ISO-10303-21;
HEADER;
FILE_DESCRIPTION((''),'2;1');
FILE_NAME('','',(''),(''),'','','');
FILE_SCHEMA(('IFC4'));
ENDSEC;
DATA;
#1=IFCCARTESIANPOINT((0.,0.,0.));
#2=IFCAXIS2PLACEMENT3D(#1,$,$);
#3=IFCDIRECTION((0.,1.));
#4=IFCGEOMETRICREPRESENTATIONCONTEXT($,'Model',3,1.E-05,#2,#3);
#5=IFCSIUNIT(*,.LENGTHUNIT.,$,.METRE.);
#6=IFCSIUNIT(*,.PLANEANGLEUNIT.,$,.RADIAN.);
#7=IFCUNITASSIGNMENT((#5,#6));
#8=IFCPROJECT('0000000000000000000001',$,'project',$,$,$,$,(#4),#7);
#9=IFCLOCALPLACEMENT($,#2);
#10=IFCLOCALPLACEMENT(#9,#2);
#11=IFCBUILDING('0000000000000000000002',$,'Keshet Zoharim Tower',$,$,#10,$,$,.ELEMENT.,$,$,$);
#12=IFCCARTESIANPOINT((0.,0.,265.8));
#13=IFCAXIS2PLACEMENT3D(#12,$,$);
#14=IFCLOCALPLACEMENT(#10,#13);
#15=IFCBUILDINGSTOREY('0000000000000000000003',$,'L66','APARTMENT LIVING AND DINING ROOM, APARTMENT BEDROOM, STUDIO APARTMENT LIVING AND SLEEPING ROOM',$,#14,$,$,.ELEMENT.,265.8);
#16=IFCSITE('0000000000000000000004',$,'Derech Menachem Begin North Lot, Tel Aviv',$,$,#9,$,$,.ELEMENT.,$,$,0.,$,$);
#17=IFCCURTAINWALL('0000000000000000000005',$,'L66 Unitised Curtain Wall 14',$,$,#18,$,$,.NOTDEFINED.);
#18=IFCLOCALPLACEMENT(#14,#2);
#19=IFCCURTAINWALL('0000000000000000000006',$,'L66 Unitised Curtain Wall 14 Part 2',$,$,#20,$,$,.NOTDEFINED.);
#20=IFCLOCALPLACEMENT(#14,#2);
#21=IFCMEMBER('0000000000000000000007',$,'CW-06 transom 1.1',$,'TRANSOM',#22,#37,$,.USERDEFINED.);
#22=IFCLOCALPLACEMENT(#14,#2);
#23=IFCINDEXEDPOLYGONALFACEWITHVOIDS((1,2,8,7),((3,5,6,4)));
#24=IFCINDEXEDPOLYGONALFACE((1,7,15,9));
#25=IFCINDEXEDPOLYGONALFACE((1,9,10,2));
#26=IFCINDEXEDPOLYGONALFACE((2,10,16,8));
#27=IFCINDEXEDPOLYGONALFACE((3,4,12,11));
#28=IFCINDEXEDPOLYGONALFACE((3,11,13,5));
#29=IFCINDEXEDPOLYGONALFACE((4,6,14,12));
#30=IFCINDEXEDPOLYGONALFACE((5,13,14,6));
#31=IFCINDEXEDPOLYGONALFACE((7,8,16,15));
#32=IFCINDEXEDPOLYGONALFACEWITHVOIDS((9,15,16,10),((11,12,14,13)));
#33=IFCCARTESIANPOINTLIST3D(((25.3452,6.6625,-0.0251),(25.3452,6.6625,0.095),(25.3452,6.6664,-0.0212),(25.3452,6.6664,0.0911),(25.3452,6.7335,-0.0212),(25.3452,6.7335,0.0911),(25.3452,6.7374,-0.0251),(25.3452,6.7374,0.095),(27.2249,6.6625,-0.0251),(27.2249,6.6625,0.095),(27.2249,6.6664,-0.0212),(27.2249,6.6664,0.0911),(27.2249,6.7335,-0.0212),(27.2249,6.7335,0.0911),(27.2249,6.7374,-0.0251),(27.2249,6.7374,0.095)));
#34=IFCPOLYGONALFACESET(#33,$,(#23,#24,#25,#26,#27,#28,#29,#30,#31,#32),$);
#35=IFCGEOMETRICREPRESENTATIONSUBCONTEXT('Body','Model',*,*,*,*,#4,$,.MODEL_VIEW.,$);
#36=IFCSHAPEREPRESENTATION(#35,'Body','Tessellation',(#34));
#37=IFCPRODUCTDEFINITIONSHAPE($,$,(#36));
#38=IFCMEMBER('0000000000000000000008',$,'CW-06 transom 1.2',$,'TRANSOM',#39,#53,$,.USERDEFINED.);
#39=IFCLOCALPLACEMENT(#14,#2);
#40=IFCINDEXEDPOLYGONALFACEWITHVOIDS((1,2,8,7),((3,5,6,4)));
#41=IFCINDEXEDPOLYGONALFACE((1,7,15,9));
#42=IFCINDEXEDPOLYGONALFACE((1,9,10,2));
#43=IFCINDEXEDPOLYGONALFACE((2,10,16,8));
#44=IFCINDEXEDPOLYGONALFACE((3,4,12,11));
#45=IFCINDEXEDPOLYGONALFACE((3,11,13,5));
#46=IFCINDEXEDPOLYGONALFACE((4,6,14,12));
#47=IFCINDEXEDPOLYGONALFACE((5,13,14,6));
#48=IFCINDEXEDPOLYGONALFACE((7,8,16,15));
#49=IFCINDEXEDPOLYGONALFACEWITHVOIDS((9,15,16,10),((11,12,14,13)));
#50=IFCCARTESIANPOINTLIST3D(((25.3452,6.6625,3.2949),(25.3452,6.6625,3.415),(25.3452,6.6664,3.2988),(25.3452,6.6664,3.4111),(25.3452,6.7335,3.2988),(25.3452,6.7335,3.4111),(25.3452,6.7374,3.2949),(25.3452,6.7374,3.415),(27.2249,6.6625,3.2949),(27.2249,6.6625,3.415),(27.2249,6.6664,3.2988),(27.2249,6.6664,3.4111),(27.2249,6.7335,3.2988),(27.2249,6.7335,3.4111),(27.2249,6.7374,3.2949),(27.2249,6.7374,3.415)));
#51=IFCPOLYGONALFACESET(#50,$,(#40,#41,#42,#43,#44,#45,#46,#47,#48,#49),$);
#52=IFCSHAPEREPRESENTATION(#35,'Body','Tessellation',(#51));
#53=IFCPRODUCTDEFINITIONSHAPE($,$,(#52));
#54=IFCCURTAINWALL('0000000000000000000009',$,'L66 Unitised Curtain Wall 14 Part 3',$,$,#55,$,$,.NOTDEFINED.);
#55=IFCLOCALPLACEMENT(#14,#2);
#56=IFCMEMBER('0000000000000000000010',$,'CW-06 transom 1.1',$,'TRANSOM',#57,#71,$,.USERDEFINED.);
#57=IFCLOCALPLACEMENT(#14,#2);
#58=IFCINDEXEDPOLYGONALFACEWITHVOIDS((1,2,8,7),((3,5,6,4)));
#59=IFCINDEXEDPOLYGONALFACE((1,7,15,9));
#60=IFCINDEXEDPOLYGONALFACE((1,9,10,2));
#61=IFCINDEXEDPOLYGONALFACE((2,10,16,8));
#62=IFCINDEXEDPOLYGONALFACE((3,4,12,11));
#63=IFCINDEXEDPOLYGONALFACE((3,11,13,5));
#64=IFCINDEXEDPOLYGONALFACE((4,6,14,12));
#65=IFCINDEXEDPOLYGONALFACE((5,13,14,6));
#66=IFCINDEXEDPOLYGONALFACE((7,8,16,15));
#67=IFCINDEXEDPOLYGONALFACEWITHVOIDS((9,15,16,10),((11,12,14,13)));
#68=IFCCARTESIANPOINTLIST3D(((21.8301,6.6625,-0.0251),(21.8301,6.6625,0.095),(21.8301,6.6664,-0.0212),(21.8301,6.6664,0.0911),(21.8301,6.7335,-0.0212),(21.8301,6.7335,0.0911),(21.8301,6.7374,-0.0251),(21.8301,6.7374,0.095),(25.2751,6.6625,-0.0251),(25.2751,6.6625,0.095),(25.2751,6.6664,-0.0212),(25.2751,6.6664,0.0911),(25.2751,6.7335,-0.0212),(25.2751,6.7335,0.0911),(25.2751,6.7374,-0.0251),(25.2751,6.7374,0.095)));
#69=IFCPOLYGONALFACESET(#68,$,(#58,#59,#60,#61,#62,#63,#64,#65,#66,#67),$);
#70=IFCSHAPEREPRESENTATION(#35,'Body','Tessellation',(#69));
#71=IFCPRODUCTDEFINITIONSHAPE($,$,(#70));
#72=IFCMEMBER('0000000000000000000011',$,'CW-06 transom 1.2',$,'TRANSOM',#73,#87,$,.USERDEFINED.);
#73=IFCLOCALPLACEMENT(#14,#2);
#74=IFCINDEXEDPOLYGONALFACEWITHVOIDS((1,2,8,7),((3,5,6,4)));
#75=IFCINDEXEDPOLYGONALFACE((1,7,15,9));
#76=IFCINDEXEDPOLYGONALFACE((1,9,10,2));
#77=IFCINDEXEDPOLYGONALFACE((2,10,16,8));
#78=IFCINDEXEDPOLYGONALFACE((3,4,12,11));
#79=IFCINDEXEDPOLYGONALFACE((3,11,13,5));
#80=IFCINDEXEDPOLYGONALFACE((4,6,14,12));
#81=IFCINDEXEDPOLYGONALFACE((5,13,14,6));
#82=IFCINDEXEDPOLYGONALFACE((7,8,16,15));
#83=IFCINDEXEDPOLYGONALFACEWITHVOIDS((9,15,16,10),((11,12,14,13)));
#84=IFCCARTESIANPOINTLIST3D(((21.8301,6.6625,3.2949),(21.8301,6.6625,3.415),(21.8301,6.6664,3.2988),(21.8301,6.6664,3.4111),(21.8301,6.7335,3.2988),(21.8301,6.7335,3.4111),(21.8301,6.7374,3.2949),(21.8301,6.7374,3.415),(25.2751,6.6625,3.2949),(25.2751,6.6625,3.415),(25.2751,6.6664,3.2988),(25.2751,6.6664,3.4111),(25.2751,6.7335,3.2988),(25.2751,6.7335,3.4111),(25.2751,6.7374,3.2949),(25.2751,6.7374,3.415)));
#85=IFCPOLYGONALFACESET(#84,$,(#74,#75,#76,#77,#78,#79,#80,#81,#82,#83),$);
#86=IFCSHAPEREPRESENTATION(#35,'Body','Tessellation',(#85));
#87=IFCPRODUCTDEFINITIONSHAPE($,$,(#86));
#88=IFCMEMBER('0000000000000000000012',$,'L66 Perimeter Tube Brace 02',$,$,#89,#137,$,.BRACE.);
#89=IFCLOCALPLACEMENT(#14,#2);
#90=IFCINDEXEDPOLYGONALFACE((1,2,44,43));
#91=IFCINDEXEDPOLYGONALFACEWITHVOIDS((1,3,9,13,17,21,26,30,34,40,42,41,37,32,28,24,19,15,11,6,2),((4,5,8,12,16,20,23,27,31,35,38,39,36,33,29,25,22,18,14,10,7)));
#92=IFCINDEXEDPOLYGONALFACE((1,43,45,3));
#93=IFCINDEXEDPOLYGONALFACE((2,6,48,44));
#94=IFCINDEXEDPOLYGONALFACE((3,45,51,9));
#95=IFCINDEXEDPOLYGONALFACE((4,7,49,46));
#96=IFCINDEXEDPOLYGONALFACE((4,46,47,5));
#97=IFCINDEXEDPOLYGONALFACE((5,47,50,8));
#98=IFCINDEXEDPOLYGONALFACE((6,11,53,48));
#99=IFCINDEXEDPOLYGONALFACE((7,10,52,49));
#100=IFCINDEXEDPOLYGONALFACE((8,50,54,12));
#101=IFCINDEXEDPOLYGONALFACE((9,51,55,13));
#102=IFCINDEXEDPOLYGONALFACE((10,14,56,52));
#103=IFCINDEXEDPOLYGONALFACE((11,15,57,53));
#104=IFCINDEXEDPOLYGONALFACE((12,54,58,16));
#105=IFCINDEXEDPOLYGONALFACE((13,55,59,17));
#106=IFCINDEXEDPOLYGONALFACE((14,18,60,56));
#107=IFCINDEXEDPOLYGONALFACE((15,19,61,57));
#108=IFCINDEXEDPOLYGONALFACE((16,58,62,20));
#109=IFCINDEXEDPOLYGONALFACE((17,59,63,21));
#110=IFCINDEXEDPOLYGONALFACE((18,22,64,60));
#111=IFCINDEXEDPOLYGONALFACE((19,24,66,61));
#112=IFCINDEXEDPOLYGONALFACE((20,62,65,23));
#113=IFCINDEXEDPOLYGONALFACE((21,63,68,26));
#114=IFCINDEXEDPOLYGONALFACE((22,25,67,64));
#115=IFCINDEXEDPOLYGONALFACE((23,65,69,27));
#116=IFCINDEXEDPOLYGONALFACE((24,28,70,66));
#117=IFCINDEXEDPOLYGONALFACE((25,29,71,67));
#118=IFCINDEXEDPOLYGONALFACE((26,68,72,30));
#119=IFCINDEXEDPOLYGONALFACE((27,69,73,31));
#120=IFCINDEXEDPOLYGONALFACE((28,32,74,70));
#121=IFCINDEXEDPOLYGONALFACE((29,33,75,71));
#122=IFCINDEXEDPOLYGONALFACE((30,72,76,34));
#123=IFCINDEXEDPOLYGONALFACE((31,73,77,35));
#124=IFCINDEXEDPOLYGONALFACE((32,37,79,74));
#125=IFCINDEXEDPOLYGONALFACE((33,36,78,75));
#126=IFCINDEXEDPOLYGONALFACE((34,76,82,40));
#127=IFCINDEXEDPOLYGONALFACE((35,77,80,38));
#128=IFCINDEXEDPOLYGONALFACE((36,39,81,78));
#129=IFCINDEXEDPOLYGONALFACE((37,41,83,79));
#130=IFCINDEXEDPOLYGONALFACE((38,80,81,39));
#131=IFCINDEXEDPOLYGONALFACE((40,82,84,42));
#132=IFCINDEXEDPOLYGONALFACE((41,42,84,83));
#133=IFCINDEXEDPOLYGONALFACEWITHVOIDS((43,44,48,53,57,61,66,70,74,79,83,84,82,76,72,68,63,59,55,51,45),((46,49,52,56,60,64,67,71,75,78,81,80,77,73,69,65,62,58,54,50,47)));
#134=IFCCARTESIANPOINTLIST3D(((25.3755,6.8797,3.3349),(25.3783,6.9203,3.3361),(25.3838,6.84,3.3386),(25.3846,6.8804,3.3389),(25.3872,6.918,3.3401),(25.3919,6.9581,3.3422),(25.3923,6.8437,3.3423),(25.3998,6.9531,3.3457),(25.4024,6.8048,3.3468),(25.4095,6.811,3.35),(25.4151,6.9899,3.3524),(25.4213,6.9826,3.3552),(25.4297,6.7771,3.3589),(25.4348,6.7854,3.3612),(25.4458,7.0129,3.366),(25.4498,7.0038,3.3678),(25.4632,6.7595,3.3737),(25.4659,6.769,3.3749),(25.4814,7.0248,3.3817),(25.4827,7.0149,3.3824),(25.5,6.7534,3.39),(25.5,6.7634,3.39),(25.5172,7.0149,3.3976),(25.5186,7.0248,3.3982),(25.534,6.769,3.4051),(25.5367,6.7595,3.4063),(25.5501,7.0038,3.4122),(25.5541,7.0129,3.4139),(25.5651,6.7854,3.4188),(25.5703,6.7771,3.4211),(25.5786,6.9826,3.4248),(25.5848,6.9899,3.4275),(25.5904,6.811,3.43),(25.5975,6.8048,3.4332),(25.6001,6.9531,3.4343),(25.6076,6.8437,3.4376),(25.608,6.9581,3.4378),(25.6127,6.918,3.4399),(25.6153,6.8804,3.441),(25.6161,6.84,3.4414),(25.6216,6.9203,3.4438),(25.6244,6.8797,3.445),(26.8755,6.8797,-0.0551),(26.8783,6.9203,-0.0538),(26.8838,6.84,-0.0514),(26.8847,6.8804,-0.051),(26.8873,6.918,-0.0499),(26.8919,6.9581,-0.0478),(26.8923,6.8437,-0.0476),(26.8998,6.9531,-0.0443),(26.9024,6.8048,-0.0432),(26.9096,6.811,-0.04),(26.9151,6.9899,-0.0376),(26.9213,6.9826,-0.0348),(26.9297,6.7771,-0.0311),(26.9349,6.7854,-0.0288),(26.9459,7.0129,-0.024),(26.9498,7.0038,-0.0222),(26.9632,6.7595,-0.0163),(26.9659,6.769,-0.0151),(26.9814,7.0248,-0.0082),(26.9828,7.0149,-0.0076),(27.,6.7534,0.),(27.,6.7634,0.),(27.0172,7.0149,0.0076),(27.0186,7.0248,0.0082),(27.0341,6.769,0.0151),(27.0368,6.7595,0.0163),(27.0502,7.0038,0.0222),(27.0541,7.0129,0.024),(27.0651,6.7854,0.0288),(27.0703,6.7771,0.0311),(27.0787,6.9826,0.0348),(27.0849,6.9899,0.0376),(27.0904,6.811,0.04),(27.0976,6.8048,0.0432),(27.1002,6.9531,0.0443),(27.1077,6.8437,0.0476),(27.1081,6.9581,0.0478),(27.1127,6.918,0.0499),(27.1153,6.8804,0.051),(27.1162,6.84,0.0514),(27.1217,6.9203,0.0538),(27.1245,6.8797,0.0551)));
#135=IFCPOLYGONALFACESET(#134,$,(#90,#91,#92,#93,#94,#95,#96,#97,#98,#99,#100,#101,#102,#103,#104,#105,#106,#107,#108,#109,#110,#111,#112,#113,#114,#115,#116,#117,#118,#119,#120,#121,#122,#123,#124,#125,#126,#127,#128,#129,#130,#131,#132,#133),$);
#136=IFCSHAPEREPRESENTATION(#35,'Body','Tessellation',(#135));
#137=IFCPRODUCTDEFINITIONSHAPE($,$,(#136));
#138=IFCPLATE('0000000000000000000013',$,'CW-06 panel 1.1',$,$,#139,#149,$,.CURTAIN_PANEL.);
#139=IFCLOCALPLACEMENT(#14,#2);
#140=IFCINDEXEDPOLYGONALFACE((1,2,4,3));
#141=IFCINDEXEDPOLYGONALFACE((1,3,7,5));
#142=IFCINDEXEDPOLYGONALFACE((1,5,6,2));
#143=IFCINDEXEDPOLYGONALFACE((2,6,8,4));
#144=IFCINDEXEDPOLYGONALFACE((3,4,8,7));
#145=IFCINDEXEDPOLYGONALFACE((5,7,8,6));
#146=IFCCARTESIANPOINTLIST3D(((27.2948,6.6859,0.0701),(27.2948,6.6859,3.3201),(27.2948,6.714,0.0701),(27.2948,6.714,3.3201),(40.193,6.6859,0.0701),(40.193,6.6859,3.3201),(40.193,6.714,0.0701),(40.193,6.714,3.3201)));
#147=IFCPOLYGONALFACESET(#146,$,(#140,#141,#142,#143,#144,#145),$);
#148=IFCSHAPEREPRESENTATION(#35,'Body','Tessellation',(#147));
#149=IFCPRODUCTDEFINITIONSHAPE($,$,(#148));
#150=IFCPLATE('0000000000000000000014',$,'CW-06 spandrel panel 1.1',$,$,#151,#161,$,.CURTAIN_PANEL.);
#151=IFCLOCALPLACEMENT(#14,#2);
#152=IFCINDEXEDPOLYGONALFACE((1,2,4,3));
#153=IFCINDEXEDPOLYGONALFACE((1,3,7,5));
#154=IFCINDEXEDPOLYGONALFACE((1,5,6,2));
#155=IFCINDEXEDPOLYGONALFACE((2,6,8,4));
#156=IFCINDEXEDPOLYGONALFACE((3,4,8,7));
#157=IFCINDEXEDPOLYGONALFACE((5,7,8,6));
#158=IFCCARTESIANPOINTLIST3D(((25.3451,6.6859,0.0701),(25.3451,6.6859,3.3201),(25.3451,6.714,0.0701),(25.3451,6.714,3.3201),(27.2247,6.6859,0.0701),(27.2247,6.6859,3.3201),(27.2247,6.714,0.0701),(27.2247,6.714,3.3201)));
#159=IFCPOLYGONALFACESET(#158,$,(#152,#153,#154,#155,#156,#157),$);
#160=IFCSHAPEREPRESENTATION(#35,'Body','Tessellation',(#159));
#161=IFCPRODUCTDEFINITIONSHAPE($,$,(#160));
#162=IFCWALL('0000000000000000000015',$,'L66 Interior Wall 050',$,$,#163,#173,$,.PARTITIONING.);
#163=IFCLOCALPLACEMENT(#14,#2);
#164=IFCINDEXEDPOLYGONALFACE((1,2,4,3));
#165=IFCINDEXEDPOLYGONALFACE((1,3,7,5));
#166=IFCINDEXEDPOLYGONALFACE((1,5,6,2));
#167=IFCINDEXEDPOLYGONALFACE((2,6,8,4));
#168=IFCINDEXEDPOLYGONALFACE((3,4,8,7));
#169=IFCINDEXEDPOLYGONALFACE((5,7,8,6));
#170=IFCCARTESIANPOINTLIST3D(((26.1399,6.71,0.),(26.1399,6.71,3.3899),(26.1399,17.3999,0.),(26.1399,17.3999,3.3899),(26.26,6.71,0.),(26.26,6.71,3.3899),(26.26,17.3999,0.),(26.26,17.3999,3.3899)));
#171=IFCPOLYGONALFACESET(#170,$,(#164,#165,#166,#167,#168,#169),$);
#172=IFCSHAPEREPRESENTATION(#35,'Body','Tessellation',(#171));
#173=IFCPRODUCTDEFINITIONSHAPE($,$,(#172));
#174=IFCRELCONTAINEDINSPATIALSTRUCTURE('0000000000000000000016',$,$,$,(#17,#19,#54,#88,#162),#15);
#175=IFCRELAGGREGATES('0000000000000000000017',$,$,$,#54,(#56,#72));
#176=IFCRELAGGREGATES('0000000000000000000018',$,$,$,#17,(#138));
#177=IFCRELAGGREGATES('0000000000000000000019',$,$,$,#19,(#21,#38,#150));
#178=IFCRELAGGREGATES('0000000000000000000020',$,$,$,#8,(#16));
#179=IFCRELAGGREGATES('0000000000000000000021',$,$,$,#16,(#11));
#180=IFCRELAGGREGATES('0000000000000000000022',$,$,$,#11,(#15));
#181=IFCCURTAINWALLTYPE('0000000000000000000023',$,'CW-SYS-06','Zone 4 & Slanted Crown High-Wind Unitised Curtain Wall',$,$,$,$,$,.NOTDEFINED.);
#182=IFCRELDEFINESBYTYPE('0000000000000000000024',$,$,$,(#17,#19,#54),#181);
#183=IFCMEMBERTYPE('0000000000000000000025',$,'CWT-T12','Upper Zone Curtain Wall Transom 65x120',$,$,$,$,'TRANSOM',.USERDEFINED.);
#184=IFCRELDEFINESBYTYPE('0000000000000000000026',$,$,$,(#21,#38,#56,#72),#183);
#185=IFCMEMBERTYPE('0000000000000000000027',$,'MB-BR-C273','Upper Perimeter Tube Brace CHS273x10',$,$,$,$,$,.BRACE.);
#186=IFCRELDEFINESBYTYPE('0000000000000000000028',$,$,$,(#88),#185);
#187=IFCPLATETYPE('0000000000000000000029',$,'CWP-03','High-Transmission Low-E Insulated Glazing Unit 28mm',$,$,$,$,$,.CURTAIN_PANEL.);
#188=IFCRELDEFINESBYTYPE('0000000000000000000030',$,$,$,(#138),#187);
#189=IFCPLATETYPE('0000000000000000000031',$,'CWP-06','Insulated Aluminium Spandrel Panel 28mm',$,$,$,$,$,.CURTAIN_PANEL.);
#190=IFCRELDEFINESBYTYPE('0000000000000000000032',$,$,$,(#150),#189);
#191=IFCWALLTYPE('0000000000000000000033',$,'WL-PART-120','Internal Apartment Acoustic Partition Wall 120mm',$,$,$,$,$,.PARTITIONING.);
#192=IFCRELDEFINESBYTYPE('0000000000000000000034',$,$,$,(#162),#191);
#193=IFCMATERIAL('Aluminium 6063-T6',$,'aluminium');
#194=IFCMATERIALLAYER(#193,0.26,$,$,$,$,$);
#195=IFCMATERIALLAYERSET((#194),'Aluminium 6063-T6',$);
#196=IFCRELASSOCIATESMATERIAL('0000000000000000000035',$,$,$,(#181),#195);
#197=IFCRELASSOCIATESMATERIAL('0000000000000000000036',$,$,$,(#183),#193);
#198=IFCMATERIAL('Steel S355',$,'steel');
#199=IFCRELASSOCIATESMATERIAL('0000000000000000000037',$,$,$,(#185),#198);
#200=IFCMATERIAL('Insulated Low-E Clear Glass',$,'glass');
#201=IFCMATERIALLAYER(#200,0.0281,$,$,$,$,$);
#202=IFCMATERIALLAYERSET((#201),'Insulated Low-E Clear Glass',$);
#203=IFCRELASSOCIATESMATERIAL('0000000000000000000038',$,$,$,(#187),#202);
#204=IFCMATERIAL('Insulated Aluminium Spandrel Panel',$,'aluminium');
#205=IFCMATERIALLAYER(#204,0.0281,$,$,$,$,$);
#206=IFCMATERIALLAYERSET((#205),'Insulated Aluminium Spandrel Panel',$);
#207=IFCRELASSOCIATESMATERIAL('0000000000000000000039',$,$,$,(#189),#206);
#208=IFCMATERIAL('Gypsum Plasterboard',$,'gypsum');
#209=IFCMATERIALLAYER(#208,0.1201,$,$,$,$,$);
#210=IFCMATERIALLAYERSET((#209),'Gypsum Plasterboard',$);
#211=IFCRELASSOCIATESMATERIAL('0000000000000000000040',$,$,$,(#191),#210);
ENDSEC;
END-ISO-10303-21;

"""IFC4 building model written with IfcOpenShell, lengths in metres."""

from ifc_helpers import new_model, si_unit, direction, frame, frame_2d, origin, origin_2d, place, context, subcontext, project, spatial, rectangle, hollow_rectangle, hollow_circle, extrude, material, layer, layer_set, material_profile, profile_set, type_object, element, aggregate, save


model = new_model("IFC4")

# Units and contexts
model_context = context("Model", 3, precision=1e-05, world=origin(), true_north=direction((0.0, 1.0)))
body_context = subcontext(model_context, "Body", "Model", "MODEL_VIEW")
ifc_project = project(units=[si_unit("LENGTHUNIT", "METRE"), si_unit("PLANEANGLEUNIT", "RADIAN")], contexts=[model_context])

# Site, building, storey
site_placement = place(None, origin())
site = spatial("IfcSite", under=ifc_project, at=site_placement, Name="Derech Menachem Begin North Lot, Tel Aviv", CompositionType="ELEMENT", RefElevation=0.0)
building_placement = place(site_placement, origin())
building = spatial("IfcBuilding", under=site, at=building_placement, Name="Keshet Zoharim Tower", CompositionType="ELEMENT")
storey_placement = place(building_placement, frame((0.0, 0.0, 265.8)))
storey = spatial("IfcBuildingStorey", under=building, at=storey_placement, Name="L66", Description="APARTMENT LIVING AND DINING ROOM, APARTMENT BEDROOM, STUDIO APARTMENT LIVING AND SLEEPING ROOM", CompositionType="ELEMENT", Elevation=265.8)

# Shared definitions
ifc_material_1 = material(Name="Steel S355", Category="steel")

# Curtain wall
ifc_material_2 = material(Name="Aluminium 6063-T6", Category="aluminium")
ifc_layer_1 = layer(ifc_material_2, 0.26)
ifc_layer_set_1 = layer_set([ifc_layer_1], Name="Aluminium 6063-T6")
curtain_wall_type = type_object("IfcCurtainWallType", Name="CW-SYS-06", Description="Zone 4 & Slanted Crown High-Wind Unitised Curtain Wall", PredefinedType="NOTDEFINED", material=ifc_layer_set_1)
curtain_wall_1_placement = place(storey_placement, origin())
curtain_wall_1 = element("IfcCurtainWall", 1, at=curtain_wall_1_placement, inside=storey, type_object=curtain_wall_type, Name="L66 Unitised Curtain Wall 14", PredefinedType="NOTDEFINED")

# Curtain walls, members
curtain_wall_2_placement = place(storey_placement, origin())
curtain_wall_2 = element("IfcCurtainWall", 2, at=curtain_wall_2_placement, inside=storey, type_object=curtain_wall_type, Name="L66 Unitised Curtain Wall 14 Part 2", PredefinedType="NOTDEFINED")
ifc_material_profile_1 = material_profile(ifc_material_2, hollow_rectangle(XDim=0.075, YDim=0.1201, WallThickness=0.0039, at=origin_2d()), Name="TRN-75x120")
ifc_profile_set_1 = profile_set([ifc_material_profile_1], Name="Aluminium 6063-T6")
member_type_1 = type_object("IfcMemberType", Name="CWT-T12", Description="Upper Zone Curtain Wall Transom 65x120", ElementType="TRANSOM", PredefinedType="USERDEFINED", material=ifc_profile_set_1)
member_1_placement = place(storey_placement, frame((27.2249, 6.7, 0.0349), z_axis=(-1.0, 0.0, 0.0), x_axis=(0.0, -1.0, 0.0)))
member_1 = element("IfcMember", 3, at=member_1_placement, type_object=member_type_1, Name="CW-06 transom 1.1", ObjectType="TRANSOM", PredefinedType="USERDEFINED", context=body_context, shape_type="SweptSolid", body=[
    extrude(hollow_rectangle(XDim=0.075, YDim=0.1201, WallThickness=0.0039, at=origin_2d()), origin(), (0.0, 0.0, 1.0), 1.8796),
])
member_2_placement = place(storey_placement, frame((27.2249, 6.7, 3.355), z_axis=(-1.0, 0.0, 0.0), x_axis=(0.0, -1.0, 0.0)))
member_2 = element("IfcMember", 4, at=member_2_placement, type_object=member_type_1, Name="CW-06 transom 1.2", ObjectType="TRANSOM", PredefinedType="USERDEFINED", context=body_context, shape_type="SweptSolid", body=[
    extrude(hollow_rectangle(XDim=0.075, YDim=0.1201, WallThickness=0.0039, at=origin_2d()), origin(), (0.0, 0.0, 1.0), 1.8796),
])
curtain_wall_3_placement = place(storey_placement, origin())
curtain_wall_3 = element("IfcCurtainWall", 5, at=curtain_wall_3_placement, inside=storey, type_object=curtain_wall_type, Name="L66 Unitised Curtain Wall 14 Part 3", PredefinedType="NOTDEFINED")
member_3_placement = place(storey_placement, frame((25.2751, 6.7, 0.0349), z_axis=(-1.0, 0.0, 0.0), x_axis=(0.0, -1.0, 0.0)))
member_3 = element("IfcMember", 6, at=member_3_placement, type_object=member_type_1, Name="CW-06 transom 1.1", ObjectType="TRANSOM", PredefinedType="USERDEFINED", context=body_context, shape_type="SweptSolid", body=[
    extrude(hollow_rectangle(XDim=0.075, YDim=0.1201, WallThickness=0.0039, at=origin_2d()), origin(), (0.0, 0.0, 1.0), 3.4451),
])
member_4_placement = place(storey_placement, frame((25.2751, 6.7, 3.355), z_axis=(-1.0, 0.0, 0.0), x_axis=(0.0, -1.0, 0.0)))
member_4 = element("IfcMember", 7, at=member_4_placement, type_object=member_type_1, Name="CW-06 transom 1.2", ObjectType="TRANSOM", PredefinedType="USERDEFINED", context=body_context, shape_type="SweptSolid", body=[
    extrude(hollow_rectangle(XDim=0.075, YDim=0.1201, WallThickness=0.0039, at=origin_2d()), origin(), (0.0, 0.0, 1.0), 3.4451),
])
aggregate(curtain_wall_3, [member_3, member_4])

# Member
ifc_material_profile_2 = material_profile(ifc_material_1, hollow_circle(Radius=0.1365, WallThickness=0.01, at=origin_2d()), Name="CHS273x10")
ifc_profile_set_2 = profile_set([ifc_material_profile_2], Name="Steel S355")
member_type_2 = type_object("IfcMemberType", Name="MB-BR-C273", Description="Upper Perimeter Tube Brace CHS273x10", PredefinedType="BRACE", material=ifc_profile_set_2)
member_5_placement = place(storey_placement, frame((27.0, 6.8899, 0.0), z_axis=(-0.404647, 0.0, 0.914473), x_axis=(0.0, -1.0, 0.0)))
element("IfcMember", 8, at=member_5_placement, inside=storey, type_object=member_type_2, Name="L66 Perimeter Tube Brace 02", PredefinedType="BRACE", context=body_context, shape_type="SweptSolid", body=[
    extrude(hollow_circle(Radius=0.1365, WallThickness=0.01, at=origin_2d()), origin(), (0.0, 0.0, 1.0), 3.707),
])

# Plates
ifc_material_3 = material(Name="Insulated Low-E Clear Glass", Category="glass")
ifc_layer_2 = layer(ifc_material_3, 0.0281)
ifc_layer_set_2 = layer_set([ifc_layer_2], Name="Insulated Low-E Clear Glass")
plate_type_1 = type_object("IfcPlateType", Name="CWP-03", Description="High-Transmission Low-E Insulated Glazing Unit 28mm", PredefinedType="CURTAIN_PANEL", material=ifc_layer_set_2)
plate_1_placement = place(storey_placement, frame((33.7439, 6.7, 0.0701), z_axis=(0.0, 0.0, 1.0), x_axis=(-1.0, 0.0, 0.0)))
plate_1 = element("IfcPlate", 9, at=plate_1_placement, type_object=plate_type_1, Name="CW-06 panel 1.1", PredefinedType="CURTAIN_PANEL", context=body_context, shape_type="SweptSolid", body=[
    extrude(rectangle(XDim=12.8982, YDim=0.0281, at=origin_2d()), origin(), (0.0, 0.0, 1.0), 3.25),
])
aggregate(curtain_wall_1, [plate_1])
ifc_material_4 = material(Name="Insulated Aluminium Spandrel Panel", Category="aluminium")
ifc_layer_3 = layer(ifc_material_4, 0.0281)
ifc_layer_set_3 = layer_set([ifc_layer_3], Name="Insulated Aluminium Spandrel Panel")
plate_type_2 = type_object("IfcPlateType", Name="CWP-06", Description="Insulated Aluminium Spandrel Panel 28mm", PredefinedType="CURTAIN_PANEL", material=ifc_layer_set_3)
plate_2_placement = place(storey_placement, frame((26.2849, 6.7, 0.0701), z_axis=(0.0, 0.0, 1.0), x_axis=(-1.0, 0.0, 0.0)))
plate_2 = element("IfcPlate", 10, at=plate_2_placement, type_object=plate_type_2, Name="CW-06 spandrel panel 1.1", PredefinedType="CURTAIN_PANEL", context=body_context, shape_type="SweptSolid", body=[
    extrude(rectangle(XDim=1.8796, YDim=0.0281, at=origin_2d()), origin(), (0.0, 0.0, 1.0), 3.25),
])
aggregate(curtain_wall_2, [member_1, member_2, plate_2])

# Wall
ifc_material_5 = material(Name="Gypsum Plasterboard", Category="gypsum")
ifc_layer_4 = layer(ifc_material_5, 0.1201)
ifc_layer_set_4 = layer_set([ifc_layer_4], Name="Gypsum Plasterboard")
wall_type_1 = type_object("IfcWallType", Name="WL-PART-120", Description="Internal Apartment Acoustic Partition Wall 120mm", PredefinedType="PARTITIONING", material=ifc_layer_set_4)
wall_1_placement = place(storey_placement, frame((26.2, 6.71, 0.0), z_axis=(0.0, 0.0, 1.0), x_axis=(0.0, 1.0, 0.0)))
element("IfcWall", 11, at=wall_1_placement, inside=storey, type_object=wall_type_1, Name="L66 Interior Wall 050", PredefinedType="PARTITIONING", context=body_context, shape_type="SweptSolid", body=[
    extrude(rectangle(XDim=10.6899, YDim=0.1201, at=frame_2d((5.345, 0.0))), origin(), (0.0, 0.0, 1.0), 3.3899),
])

save(model, "model.ifc")
